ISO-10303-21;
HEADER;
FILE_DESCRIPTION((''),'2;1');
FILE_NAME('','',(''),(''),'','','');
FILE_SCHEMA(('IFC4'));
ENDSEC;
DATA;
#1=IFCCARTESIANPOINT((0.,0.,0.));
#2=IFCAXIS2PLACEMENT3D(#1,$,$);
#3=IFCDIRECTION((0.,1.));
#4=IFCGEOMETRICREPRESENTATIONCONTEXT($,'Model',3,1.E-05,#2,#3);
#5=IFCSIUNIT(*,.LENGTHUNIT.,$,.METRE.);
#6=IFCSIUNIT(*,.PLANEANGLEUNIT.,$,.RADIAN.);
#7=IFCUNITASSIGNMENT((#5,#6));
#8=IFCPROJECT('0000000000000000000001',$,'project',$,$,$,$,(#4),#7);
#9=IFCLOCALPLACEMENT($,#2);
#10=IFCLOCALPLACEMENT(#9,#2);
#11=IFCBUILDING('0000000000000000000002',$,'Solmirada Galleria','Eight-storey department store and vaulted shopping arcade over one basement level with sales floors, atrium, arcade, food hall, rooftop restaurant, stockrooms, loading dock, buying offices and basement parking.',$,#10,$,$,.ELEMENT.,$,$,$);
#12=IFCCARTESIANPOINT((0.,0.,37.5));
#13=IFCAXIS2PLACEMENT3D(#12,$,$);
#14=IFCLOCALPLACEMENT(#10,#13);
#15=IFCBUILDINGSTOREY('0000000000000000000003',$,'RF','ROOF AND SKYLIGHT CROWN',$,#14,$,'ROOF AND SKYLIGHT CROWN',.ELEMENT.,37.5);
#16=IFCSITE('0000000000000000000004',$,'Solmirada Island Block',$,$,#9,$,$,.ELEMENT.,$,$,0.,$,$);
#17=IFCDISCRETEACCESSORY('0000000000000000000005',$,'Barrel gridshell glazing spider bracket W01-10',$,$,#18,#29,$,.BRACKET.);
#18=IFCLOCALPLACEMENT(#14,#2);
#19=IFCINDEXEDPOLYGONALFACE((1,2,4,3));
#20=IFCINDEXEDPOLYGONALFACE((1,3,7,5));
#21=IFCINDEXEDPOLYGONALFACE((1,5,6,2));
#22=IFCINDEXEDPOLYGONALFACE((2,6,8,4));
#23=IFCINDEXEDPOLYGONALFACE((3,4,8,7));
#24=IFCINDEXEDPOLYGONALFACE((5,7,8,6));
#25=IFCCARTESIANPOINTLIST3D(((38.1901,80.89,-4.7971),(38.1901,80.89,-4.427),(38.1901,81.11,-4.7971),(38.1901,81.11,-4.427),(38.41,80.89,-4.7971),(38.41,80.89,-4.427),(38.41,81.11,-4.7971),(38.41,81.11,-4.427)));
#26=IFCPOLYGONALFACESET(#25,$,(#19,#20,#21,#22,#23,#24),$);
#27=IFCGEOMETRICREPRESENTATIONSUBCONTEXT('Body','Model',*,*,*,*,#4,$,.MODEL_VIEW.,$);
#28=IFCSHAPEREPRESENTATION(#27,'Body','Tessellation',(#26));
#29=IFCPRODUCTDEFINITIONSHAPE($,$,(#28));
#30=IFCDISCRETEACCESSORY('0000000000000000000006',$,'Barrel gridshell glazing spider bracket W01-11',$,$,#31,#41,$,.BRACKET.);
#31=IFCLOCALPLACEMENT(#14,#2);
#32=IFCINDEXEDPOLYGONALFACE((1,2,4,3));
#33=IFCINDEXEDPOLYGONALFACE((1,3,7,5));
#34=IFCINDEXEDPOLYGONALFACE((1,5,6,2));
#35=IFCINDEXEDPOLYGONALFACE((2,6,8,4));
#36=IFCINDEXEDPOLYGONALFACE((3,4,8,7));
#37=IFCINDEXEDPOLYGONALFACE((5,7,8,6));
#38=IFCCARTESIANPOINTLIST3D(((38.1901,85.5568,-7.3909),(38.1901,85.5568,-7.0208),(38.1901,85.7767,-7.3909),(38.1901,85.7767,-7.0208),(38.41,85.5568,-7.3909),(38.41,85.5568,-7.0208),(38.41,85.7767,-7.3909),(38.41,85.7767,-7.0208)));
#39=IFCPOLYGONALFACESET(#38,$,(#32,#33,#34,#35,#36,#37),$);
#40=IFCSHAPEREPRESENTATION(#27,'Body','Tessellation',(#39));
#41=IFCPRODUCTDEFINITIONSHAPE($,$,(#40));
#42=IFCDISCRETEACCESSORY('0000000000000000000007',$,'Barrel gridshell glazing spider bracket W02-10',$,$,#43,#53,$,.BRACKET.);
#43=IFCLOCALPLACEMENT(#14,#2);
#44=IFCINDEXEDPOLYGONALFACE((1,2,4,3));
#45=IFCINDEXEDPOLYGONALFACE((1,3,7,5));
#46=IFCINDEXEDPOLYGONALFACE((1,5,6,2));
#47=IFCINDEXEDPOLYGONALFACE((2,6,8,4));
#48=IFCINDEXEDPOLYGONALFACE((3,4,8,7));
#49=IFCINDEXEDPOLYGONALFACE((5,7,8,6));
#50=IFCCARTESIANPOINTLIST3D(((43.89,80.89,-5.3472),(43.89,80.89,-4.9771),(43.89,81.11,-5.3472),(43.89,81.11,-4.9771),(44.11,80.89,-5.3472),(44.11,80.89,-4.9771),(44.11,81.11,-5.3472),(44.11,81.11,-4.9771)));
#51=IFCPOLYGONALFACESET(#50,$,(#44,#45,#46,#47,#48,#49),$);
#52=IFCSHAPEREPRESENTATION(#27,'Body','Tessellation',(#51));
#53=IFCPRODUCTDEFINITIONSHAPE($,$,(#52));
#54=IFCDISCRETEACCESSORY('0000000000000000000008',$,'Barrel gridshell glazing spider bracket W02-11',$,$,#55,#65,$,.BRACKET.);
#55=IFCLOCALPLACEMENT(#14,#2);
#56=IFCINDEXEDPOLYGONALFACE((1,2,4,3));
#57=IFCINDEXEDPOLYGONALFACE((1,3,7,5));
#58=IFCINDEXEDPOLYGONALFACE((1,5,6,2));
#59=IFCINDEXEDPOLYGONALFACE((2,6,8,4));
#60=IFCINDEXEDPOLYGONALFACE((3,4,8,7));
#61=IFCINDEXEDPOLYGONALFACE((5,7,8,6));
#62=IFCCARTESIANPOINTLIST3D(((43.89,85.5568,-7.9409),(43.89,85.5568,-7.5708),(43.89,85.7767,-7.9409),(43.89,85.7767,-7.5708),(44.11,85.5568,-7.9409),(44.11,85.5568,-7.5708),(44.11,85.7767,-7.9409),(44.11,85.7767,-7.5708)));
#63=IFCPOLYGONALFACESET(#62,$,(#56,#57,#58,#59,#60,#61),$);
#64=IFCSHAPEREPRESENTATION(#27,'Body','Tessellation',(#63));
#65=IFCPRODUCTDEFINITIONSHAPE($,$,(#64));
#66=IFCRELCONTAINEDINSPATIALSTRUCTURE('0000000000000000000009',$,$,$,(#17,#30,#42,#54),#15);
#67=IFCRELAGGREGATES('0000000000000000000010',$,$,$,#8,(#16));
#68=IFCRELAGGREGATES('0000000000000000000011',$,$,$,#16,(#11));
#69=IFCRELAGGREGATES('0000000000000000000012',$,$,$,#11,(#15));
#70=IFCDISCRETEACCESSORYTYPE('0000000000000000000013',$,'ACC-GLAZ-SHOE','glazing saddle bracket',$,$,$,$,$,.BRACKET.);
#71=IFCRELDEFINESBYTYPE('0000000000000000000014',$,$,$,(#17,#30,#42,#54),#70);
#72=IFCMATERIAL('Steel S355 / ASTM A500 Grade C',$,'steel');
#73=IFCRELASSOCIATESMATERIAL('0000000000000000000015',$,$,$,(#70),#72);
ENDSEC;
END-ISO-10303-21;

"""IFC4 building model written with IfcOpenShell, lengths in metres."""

from ifc_helpers import new_model, si_unit, direction, frame, origin, origin_2d, place, context, subcontext, project, spatial, rectangle, extrude, material, type_object, element, save


model = new_model("IFC4")

# Units and contexts
model_context = context("Model", 3, precision=1e-05, world=origin(), true_north=direction((0.0, 1.0)))
body_context = subcontext(model_context, "Body", "Model", "MODEL_VIEW")
ifc_project = project(units=[si_unit("LENGTHUNIT", "METRE"), si_unit("PLANEANGLEUNIT", "RADIAN")], contexts=[model_context])

# Site, building, storey
site_placement = place(None, origin())
site = spatial("IfcSite", under=ifc_project, at=site_placement, Name="Solmirada Island Block", CompositionType="ELEMENT", RefElevation=0.0)
building_placement = place(site_placement, origin())
building = spatial("IfcBuilding", under=site, at=building_placement, Name="Solmirada Galleria", Description="Eight-storey department store and vaulted shopping arcade over one basement level with sales floors, atrium, arcade, food hall, rooftop restaurant, stockrooms, loading dock, buying offices and basement parking.", CompositionType="ELEMENT")
storey_placement = place(building_placement, frame((0.0, 0.0, 37.5)))
storey = spatial("IfcBuildingStorey", under=building, at=storey_placement, Name="RF", Description="ROOF AND SKYLIGHT CROWN", LongName="ROOF AND SKYLIGHT CROWN", CompositionType="ELEMENT", Elevation=37.5)

# Shared definitions
ifc_material_1 = material(Name="Steel S355 / ASTM A500 Grade C", Category="steel")

# Discrete accessories
discrete_accessory_type = type_object("IfcDiscreteAccessoryType", Name="ACC-GLAZ-SHOE", Description="glazing saddle bracket", PredefinedType="BRACKET", material=ifc_material_1)
for number, where, z_axis, x_axis, name in (
    (1, (38.3, 81.0, -4.7971), (0.0, 0.0, 1.0), (1.0, 0.0, 0.0), "Barrel gridshell glazing spider bracket W01-10"),
    (2, (38.3, 85.6667, -7.3909), (0.0, 0.0, 1.0), (1.0, 0.0, 0.0), "Barrel gridshell glazing spider bracket W01-11"),
    (3, (44.0, 81.0, -5.3472), (0.0, 0.0, 1.0), (1.0, 0.0, 0.0), "Barrel gridshell glazing spider bracket W02-10"),
    (4, (44.0, 85.6667, -7.9409), (0.0, 0.0, 1.0), (1.0, 0.0, 0.0), "Barrel gridshell glazing spider bracket W02-11"),
):
    element("IfcDiscreteAccessory", number, at=place(storey_placement, frame(where, z_axis=z_axis, x_axis=x_axis)), inside=storey, type_object=discrete_accessory_type, Name=name, PredefinedType="BRACKET", context=body_context, shape_type="SweptSolid", body=[
        extrude(rectangle(XDim=0.22, YDim=0.22, at=origin_2d()), origin(), (0.0, 0.0, 1.0), 0.3701),
    ])

save(model, "model.ifc")
